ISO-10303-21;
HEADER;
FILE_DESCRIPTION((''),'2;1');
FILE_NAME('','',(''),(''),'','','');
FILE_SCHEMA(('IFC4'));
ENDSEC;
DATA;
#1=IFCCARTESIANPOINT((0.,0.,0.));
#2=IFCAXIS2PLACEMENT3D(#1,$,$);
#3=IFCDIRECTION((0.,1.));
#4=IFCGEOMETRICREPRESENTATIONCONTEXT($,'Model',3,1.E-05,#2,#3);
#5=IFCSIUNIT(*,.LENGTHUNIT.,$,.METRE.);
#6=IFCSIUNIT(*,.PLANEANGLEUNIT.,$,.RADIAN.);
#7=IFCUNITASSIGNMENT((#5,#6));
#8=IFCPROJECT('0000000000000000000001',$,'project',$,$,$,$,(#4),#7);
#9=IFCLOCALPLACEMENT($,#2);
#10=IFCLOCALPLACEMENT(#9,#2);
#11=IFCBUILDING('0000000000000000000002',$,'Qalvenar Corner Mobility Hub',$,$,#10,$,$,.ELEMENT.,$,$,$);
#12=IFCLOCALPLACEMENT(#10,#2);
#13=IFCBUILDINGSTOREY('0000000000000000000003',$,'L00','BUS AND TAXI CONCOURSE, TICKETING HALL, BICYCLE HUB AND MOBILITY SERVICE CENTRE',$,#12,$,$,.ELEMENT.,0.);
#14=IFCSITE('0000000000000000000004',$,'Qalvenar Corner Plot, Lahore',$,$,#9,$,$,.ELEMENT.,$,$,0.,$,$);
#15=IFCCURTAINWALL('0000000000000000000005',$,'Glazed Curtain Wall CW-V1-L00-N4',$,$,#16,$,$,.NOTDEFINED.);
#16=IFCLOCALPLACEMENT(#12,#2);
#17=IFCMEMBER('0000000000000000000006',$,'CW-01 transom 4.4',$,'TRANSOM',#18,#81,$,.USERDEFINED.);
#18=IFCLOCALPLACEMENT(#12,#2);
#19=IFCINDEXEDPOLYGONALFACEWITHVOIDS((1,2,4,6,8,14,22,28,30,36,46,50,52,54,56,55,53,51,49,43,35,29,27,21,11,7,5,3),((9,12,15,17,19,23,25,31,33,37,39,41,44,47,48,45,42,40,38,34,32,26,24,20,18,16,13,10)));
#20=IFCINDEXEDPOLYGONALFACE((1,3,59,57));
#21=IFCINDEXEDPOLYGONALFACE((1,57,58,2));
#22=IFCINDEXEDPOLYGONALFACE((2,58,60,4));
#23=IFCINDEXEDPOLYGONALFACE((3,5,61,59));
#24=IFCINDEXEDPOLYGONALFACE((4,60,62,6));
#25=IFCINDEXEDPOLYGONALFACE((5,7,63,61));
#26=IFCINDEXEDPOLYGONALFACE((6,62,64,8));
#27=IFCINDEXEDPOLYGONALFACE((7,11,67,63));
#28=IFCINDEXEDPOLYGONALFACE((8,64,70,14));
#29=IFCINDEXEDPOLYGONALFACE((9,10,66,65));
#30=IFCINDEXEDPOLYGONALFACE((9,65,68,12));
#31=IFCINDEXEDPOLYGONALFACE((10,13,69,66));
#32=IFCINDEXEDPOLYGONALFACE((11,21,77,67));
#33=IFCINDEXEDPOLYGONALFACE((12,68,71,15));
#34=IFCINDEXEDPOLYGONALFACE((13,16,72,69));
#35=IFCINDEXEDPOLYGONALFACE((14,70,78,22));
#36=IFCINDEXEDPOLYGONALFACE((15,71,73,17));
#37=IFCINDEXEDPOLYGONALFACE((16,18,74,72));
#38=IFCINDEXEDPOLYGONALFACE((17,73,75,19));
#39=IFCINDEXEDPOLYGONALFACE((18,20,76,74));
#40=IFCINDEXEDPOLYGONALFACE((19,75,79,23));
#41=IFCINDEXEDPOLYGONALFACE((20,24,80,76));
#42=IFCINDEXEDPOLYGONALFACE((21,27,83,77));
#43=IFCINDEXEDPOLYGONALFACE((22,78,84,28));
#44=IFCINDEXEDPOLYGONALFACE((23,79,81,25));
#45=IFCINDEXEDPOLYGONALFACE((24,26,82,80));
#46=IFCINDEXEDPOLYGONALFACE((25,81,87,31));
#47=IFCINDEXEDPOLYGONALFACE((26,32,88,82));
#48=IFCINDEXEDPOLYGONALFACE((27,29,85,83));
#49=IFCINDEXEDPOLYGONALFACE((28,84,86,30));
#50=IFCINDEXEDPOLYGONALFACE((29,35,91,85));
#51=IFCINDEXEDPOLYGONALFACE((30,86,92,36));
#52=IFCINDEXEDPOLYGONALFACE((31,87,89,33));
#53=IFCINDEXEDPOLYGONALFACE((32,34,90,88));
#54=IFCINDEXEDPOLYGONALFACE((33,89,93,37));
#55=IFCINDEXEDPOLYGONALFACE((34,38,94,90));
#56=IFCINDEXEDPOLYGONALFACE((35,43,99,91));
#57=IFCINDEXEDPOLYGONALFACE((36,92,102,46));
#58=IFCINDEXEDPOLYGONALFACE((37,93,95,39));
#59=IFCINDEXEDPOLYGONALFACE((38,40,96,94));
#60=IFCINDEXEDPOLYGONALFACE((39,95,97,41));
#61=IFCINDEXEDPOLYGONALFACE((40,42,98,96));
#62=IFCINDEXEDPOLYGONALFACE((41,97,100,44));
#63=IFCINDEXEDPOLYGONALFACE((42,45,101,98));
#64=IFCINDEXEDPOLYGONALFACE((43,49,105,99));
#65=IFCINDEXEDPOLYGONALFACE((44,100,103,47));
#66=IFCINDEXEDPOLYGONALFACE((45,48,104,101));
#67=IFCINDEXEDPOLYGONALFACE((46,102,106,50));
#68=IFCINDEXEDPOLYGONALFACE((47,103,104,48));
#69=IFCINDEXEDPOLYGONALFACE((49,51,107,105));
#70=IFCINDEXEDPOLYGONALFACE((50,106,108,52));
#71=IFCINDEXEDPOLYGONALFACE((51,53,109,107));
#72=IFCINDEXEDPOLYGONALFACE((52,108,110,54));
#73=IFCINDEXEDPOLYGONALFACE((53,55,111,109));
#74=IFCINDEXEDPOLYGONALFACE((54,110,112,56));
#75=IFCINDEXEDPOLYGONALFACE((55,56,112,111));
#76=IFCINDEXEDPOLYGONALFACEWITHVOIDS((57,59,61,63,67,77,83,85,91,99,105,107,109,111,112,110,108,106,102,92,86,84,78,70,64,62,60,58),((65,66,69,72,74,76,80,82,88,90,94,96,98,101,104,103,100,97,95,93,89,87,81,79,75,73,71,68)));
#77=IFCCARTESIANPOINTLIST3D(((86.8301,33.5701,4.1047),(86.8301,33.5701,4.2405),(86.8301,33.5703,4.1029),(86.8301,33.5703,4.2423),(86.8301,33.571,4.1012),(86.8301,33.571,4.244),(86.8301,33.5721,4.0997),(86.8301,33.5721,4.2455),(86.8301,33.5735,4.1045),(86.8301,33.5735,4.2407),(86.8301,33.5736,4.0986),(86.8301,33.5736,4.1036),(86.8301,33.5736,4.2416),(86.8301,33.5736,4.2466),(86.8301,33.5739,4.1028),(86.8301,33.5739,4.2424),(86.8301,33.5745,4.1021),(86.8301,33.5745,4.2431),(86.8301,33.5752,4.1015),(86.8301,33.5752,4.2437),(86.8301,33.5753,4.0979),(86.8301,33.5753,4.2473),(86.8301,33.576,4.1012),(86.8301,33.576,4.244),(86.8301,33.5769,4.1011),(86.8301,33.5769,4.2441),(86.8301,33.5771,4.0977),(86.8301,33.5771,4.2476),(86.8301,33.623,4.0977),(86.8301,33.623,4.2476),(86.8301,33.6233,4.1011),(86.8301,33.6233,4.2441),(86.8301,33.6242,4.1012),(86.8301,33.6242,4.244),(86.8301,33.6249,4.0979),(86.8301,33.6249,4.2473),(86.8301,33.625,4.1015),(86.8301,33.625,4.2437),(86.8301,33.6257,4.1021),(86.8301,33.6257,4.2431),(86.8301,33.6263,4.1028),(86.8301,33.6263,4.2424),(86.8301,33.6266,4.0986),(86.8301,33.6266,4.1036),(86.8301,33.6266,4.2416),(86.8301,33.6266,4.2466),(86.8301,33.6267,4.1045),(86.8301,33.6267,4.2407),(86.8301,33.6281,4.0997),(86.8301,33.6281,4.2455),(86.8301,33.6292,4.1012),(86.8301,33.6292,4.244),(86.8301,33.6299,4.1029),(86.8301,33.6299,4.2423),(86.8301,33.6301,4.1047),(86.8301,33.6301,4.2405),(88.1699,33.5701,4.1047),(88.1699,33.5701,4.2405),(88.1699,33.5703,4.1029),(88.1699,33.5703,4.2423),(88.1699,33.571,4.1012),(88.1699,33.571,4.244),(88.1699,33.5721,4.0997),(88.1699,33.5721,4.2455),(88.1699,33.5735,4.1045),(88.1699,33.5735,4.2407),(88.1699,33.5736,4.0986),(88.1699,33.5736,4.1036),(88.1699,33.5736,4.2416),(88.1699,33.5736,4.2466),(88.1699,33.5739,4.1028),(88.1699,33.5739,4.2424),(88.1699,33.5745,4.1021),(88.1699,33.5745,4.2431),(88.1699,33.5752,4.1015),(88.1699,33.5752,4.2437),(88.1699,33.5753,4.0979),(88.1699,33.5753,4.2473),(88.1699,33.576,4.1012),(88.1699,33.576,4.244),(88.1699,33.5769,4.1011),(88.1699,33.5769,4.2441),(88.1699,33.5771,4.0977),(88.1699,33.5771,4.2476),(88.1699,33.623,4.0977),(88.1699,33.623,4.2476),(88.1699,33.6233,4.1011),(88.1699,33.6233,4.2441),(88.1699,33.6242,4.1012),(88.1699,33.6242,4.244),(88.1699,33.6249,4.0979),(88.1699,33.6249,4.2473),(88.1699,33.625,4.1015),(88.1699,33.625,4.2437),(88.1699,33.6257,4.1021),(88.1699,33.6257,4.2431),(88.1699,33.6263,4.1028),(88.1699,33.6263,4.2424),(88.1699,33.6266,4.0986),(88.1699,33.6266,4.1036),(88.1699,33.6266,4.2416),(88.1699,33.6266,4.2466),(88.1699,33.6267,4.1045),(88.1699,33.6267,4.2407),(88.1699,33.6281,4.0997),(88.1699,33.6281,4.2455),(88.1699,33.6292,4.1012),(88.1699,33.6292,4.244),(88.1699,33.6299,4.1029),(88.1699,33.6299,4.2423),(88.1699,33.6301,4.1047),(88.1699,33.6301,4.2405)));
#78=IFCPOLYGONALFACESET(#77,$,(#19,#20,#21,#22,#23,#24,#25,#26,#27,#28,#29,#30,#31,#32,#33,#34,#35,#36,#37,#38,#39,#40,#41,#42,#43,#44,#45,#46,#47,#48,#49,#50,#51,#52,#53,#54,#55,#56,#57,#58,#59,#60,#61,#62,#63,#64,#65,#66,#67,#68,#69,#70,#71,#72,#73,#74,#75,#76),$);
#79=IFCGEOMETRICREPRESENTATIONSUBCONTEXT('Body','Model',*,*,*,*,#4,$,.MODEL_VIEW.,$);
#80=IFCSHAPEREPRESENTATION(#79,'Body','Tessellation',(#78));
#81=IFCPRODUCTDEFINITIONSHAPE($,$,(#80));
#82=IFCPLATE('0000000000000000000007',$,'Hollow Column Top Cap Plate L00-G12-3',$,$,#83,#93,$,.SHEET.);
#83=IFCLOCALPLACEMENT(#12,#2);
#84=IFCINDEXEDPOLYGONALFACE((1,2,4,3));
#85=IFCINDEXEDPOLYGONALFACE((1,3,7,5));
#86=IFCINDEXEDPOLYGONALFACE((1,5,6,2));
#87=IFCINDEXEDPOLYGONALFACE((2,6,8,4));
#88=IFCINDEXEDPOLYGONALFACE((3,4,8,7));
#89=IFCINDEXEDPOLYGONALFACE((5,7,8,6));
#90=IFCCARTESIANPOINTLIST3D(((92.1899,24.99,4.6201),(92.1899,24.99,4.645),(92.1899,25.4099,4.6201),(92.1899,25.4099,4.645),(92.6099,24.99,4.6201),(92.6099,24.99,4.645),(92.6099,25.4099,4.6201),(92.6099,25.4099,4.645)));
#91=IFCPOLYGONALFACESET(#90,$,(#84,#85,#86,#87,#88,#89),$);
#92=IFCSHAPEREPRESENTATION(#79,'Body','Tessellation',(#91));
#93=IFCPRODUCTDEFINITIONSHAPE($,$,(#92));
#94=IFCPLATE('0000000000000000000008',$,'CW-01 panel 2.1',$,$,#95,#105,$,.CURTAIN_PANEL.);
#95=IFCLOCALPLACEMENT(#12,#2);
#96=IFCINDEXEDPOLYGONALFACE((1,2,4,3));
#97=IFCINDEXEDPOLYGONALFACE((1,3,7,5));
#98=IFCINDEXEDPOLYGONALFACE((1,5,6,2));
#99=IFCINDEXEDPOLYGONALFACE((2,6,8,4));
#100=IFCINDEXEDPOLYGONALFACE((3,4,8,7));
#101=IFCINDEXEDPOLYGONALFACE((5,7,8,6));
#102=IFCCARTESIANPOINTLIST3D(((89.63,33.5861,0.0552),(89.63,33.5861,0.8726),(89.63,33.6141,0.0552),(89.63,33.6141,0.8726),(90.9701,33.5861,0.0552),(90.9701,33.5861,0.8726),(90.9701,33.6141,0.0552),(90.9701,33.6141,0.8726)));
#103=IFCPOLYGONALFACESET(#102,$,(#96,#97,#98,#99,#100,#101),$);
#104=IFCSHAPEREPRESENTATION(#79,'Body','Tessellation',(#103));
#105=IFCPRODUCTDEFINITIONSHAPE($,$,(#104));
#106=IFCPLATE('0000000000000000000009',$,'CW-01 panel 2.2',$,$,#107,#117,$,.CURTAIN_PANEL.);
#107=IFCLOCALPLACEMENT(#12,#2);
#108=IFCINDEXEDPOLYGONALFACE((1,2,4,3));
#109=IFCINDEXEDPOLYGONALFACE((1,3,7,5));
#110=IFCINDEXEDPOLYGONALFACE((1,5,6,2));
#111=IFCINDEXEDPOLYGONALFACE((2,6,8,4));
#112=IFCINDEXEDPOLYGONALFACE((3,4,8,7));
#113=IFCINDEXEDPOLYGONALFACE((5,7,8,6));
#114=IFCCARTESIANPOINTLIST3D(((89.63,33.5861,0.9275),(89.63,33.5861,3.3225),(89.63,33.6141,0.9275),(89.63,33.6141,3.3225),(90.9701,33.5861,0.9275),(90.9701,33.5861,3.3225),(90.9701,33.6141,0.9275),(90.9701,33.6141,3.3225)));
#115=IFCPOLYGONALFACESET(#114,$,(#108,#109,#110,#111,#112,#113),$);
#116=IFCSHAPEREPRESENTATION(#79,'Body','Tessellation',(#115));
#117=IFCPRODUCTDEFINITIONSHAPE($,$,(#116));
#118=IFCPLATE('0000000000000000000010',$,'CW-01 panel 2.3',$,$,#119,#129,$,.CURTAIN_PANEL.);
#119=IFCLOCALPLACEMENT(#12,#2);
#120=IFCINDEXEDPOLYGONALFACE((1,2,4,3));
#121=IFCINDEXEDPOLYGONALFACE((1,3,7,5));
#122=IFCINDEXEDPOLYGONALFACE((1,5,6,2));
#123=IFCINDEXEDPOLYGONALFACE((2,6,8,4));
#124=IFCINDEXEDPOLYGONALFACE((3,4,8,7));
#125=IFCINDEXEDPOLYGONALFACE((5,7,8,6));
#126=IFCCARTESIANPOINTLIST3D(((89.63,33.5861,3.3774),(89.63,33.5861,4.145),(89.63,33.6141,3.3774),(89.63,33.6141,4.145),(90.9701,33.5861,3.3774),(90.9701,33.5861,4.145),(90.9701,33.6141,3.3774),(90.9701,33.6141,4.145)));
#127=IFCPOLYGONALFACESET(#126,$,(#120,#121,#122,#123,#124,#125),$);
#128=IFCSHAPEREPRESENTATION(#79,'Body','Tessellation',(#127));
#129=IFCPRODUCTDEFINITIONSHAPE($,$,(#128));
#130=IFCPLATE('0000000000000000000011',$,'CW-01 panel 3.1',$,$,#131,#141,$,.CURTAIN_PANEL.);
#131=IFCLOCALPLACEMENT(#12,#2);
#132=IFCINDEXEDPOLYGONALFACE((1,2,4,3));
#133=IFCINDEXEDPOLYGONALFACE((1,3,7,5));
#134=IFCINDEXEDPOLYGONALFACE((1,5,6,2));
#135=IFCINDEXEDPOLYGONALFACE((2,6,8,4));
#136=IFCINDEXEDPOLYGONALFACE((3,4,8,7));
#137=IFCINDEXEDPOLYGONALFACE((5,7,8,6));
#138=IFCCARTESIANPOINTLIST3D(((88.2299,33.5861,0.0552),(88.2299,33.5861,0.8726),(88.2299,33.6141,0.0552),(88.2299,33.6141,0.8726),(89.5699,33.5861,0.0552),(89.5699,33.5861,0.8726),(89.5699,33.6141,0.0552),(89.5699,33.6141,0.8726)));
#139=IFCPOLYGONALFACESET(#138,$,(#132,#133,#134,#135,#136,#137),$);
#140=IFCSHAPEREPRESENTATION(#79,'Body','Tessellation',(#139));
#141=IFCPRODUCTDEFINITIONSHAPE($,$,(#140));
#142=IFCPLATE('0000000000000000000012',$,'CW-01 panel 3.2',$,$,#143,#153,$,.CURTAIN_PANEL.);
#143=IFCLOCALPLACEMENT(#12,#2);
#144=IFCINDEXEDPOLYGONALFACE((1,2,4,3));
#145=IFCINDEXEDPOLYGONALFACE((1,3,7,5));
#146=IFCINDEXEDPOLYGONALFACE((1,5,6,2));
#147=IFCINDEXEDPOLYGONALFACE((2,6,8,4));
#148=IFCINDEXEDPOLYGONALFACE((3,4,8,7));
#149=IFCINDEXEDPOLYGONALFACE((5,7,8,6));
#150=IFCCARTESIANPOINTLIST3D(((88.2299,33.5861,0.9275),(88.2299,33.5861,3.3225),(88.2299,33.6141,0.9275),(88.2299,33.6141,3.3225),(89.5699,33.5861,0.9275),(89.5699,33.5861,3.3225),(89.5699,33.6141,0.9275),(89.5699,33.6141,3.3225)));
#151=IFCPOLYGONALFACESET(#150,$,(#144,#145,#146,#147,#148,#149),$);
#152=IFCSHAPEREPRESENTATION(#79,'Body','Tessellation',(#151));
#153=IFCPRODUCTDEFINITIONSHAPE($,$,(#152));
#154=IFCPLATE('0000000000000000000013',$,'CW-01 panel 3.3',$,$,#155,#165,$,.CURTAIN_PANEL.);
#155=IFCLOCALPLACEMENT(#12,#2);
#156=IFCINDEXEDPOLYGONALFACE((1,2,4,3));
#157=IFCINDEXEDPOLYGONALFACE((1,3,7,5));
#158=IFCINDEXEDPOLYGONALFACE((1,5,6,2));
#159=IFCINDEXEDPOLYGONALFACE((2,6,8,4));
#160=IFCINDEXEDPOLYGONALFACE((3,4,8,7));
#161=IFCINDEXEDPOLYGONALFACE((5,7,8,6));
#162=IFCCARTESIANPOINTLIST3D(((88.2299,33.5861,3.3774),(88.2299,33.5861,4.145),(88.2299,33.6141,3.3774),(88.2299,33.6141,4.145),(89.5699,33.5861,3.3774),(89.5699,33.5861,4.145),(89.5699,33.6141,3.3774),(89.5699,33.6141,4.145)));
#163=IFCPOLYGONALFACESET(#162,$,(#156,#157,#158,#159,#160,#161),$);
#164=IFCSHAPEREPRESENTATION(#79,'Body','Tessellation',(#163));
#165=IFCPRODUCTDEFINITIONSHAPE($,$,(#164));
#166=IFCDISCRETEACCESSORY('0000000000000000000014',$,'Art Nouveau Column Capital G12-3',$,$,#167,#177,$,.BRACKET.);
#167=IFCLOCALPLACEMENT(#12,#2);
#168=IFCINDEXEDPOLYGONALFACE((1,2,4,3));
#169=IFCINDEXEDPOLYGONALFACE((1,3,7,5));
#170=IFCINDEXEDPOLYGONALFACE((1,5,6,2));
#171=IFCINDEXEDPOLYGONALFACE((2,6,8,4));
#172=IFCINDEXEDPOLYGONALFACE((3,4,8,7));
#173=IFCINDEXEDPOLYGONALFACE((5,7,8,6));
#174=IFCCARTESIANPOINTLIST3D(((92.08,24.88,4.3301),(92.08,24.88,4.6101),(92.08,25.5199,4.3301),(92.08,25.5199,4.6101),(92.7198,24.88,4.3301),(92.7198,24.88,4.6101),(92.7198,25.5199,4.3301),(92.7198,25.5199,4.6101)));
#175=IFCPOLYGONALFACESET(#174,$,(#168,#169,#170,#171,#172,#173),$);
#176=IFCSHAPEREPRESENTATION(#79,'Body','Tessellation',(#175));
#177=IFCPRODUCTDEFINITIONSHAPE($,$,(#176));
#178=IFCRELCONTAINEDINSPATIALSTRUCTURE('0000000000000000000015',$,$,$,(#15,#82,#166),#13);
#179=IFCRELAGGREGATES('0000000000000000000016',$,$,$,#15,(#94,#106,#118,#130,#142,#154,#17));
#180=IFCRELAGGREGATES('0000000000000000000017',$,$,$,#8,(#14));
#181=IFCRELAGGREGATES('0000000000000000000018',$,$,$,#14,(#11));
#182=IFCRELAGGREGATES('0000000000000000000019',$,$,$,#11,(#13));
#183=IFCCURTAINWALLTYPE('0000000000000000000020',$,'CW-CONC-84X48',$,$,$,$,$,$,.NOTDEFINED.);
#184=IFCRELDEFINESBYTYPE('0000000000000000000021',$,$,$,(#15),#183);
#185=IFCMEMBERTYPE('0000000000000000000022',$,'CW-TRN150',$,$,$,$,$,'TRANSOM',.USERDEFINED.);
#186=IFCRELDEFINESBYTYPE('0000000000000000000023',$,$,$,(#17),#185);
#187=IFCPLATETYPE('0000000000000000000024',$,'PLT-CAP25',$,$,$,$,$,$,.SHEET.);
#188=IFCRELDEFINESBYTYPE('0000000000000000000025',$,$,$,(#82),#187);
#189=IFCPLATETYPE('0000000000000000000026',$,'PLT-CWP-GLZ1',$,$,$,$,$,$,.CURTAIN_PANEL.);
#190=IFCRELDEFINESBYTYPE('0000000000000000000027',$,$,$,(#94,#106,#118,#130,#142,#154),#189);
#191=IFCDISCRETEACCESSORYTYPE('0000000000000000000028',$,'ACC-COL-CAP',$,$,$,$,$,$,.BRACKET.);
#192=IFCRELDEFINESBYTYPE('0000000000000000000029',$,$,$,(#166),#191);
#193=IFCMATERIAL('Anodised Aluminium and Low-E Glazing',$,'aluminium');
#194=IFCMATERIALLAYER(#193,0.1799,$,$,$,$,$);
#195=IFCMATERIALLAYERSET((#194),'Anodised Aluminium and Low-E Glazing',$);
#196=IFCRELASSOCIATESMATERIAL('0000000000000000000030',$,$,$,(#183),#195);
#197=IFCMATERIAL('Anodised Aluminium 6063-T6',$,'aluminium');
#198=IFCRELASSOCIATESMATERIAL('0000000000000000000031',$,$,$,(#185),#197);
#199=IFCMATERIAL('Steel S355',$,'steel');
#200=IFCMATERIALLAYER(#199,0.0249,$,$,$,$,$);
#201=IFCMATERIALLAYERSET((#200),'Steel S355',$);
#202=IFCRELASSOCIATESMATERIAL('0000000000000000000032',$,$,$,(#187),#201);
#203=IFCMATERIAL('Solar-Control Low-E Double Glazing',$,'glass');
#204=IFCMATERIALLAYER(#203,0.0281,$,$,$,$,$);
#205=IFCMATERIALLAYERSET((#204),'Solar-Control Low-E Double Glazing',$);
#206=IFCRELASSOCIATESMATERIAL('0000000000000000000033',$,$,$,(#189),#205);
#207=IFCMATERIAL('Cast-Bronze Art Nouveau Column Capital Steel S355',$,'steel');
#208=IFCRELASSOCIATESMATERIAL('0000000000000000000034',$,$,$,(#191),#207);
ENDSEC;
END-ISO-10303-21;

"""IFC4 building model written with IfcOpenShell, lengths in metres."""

from ifc_helpers import new_model, si_unit, direction, frame, origin, origin_2d, place, context, subcontext, project, spatial, rectangle, hollow_rectangle, extrude, material, layer, layer_set, material_profile, profile_set, type_object, element, aggregate, save


model = new_model("IFC4")

# Units and contexts
model_context = context("Model", 3, precision=1e-05, world=origin(), true_north=direction((0.0, 1.0)))
body_context = subcontext(model_context, "Body", "Model", "MODEL_VIEW")
ifc_project = project(units=[si_unit("LENGTHUNIT", "METRE"), si_unit("PLANEANGLEUNIT", "RADIAN")], contexts=[model_context])

# Site, building, storey
site_placement = place(None, origin())
site = spatial("IfcSite", under=ifc_project, at=site_placement, Name="Qalvenar Corner Plot, Lahore", CompositionType="ELEMENT", RefElevation=0.0)
building_placement = place(site_placement, origin())
building = spatial("IfcBuilding", under=site, at=building_placement, Name="Qalvenar Corner Mobility Hub", CompositionType="ELEMENT")
storey_placement = place(building_placement, origin())
storey = spatial("IfcBuildingStorey", under=building, at=storey_placement, Name="L00", Description="BUS AND TAXI CONCOURSE, TICKETING HALL, BICYCLE HUB AND MOBILITY SERVICE CENTRE", CompositionType="ELEMENT", Elevation=0.0)

# Curtain wall, member
ifc_material_1 = material(Name="Anodised Aluminium and Low-E Glazing", Category="aluminium")
ifc_layer_1 = layer(ifc_material_1, 0.1799)
ifc_layer_set_1 = layer_set([ifc_layer_1], Name="Anodised Aluminium and Low-E Glazing")
curtain_wall_type = type_object("IfcCurtainWallType", Name="CW-CONC-84X48", PredefinedType="NOTDEFINED", material=ifc_layer_set_1)
curtain_wall_placement = place(storey_placement, origin())
curtain_wall = element("IfcCurtainWall", 1, at=curtain_wall_placement, inside=storey, type_object=curtain_wall_type, Name="Glazed Curtain Wall CW-V1-L00-N4", PredefinedType="NOTDEFINED")
ifc_material_2 = material(Name="Anodised Aluminium 6063-T6", Category="aluminium")
ifc_material_profile_1 = material_profile(ifc_material_2, hollow_rectangle(XDim=0.0601, YDim=0.1499, WallThickness=0.0034, InnerFilletRadius=0.0034, OuterFilletRadius=0.0071, at=origin_2d()), Name="RHS150x60x3.5")
ifc_profile_set_1 = profile_set([ifc_material_profile_1], Name="Anodised Aluminium 6063-T6")
member_type_1 = type_object("IfcMemberType", Name="CW-TRN150", ElementType="TRANSOM", PredefinedType="USERDEFINED", material=ifc_profile_set_1)
member_1_placement = place(storey_placement, frame((88.1699, 33.6001, 4.1726), z_axis=(-1.0, 0.0, 0.0), x_axis=(0.0, -1.0, 0.0)))
member_1 = element("IfcMember", 2, at=member_1_placement, type_object=member_type_1, Name="CW-01 transom 4.4", ObjectType="TRANSOM", PredefinedType="USERDEFINED", context=body_context, shape_type="SweptSolid", body=[
    extrude(hollow_rectangle(XDim=0.0601, YDim=0.1499, WallThickness=0.0034, InnerFilletRadius=0.0034, OuterFilletRadius=0.0071, at=origin_2d()), origin(), (0.0, 0.0, 1.0), 1.3398),
])

# Plates
ifc_material_3 = material(Name="Steel S355", Category="steel")
ifc_layer_2 = layer(ifc_material_3, 0.0249)
ifc_layer_set_2 = layer_set([ifc_layer_2], Name="Steel S355")
plate_type_1 = type_object("IfcPlateType", Name="PLT-CAP25", PredefinedType="SHEET", material=ifc_layer_set_2)
plate_1_placement = place(storey_placement, frame((92.3999, 25.2, 4.6201), z_axis=(0.0, 0.0, 1.0), x_axis=(1.0, 0.0, 0.0)))
element("IfcPlate", 3, at=plate_1_placement, inside=storey, type_object=plate_type_1, Name="Hollow Column Top Cap Plate L00-G12-3", PredefinedType="SHEET", context=body_context, shape_type="SweptSolid", body=[
    extrude(rectangle(XDim=0.4199, YDim=0.4199, at=origin_2d()), origin(), (0.0, 0.0, 1.0), 0.0249),
])
ifc_material_4 = material(Name="Solar-Control Low-E Double Glazing", Category="glass")
ifc_layer_3 = layer(ifc_material_4, 0.0281)
ifc_layer_set_3 = layer_set([ifc_layer_3], Name="Solar-Control Low-E Double Glazing")
plate_type_2 = type_object("IfcPlateType", Name="PLT-CWP-GLZ1", PredefinedType="CURTAIN_PANEL", material=ifc_layer_set_3)
plate_2_placement = place(storey_placement, frame((90.3, 33.6001, 0.0552), z_axis=(0.0, 0.0, 1.0), x_axis=(-1.0, 0.0, 0.0)))
plate_2 = element("IfcPlate", 4, at=plate_2_placement, type_object=plate_type_2, Name="CW-01 panel 2.1", PredefinedType="CURTAIN_PANEL", context=body_context, shape_type="SweptSolid", body=[
    extrude(rectangle(XDim=1.3401, YDim=0.0281, at=origin_2d()), origin(), (0.0, 0.0, 1.0), 0.8174),
])
plate_3_placement = place(storey_placement, frame((90.3, 33.6001, 0.9275), z_axis=(0.0, 0.0, 1.0), x_axis=(-1.0, 0.0, 0.0)))
plate_3 = element("IfcPlate", 5, at=plate_3_placement, type_object=plate_type_2, Name="CW-01 panel 2.2", PredefinedType="CURTAIN_PANEL", context=body_context, shape_type="SweptSolid", body=[
    extrude(rectangle(XDim=1.3401, YDim=0.0281, at=origin_2d()), origin(), (0.0, 0.0, 1.0), 2.395),
])
plate_4_placement = place(storey_placement, frame((90.3, 33.6001, 3.3774), z_axis=(0.0, 0.0, 1.0), x_axis=(-1.0, 0.0, 0.0)))
plate_4 = element("IfcPlate", 6, at=plate_4_placement, type_object=plate_type_2, Name="CW-01 panel 2.3", PredefinedType="CURTAIN_PANEL", context=body_context, shape_type="SweptSolid", body=[
    extrude(rectangle(XDim=1.3401, YDim=0.0281, at=origin_2d()), origin(), (0.0, 0.0, 1.0), 0.7676),
])
plate_5_placement = place(storey_placement, frame((88.8999, 33.6001, 0.0552), z_axis=(0.0, 0.0, 1.0), x_axis=(-1.0, 0.0, 0.0)))
plate_5 = element("IfcPlate", 7, at=plate_5_placement, type_object=plate_type_2, Name="CW-01 panel 3.1", PredefinedType="CURTAIN_PANEL", context=body_context, shape_type="SweptSolid", body=[
    extrude(rectangle(XDim=1.3401, YDim=0.0281, at=origin_2d()), origin(), (0.0, 0.0, 1.0), 0.8174),
])
plate_6_placement = place(storey_placement, frame((88.8999, 33.6001, 0.9275), z_axis=(0.0, 0.0, 1.0), x_axis=(-1.0, 0.0, 0.0)))
plate_6 = element("IfcPlate", 8, at=plate_6_placement, type_object=plate_type_2, Name="CW-01 panel 3.2", PredefinedType="CURTAIN_PANEL", context=body_context, shape_type="SweptSolid", body=[
    extrude(rectangle(XDim=1.3401, YDim=0.0281, at=origin_2d()), origin(), (0.0, 0.0, 1.0), 2.395),
])
plate_7_placement = place(storey_placement, frame((88.8999, 33.6001, 3.3774), z_axis=(0.0, 0.0, 1.0), x_axis=(-1.0, 0.0, 0.0)))
plate_7 = element("IfcPlate", 9, at=plate_7_placement, type_object=plate_type_2, Name="CW-01 panel 3.3", PredefinedType="CURTAIN_PANEL", context=body_context, shape_type="SweptSolid", body=[
    extrude(rectangle(XDim=1.3401, YDim=0.0281, at=origin_2d()), origin(), (0.0, 0.0, 1.0), 0.7676),
])
aggregate(curtain_wall, [plate_2, plate_3, plate_4, plate_5, plate_6, plate_7, member_1])

# Discrete accessory
ifc_material_5 = material(Name="Cast-Bronze Art Nouveau Column Capital Steel S355", Category="steel")
discrete_accessory_type = type_object("IfcDiscreteAccessoryType", Name="ACC-COL-CAP", PredefinedType="BRACKET", material=ifc_material_5)
discrete_accessory_placement = place(storey_placement, frame((92.3999, 25.2, 4.3301), z_axis=(0.0, 0.0, 1.0), x_axis=(1.0, 0.0, 0.0)))
element("IfcDiscreteAccessory", 10, at=discrete_accessory_placement, inside=storey, type_object=discrete_accessory_type, Name="Art Nouveau Column Capital G12-3", PredefinedType="BRACKET", context=body_context, shape_type="SweptSolid", body=[
    extrude(rectangle(XDim=0.6399, YDim=0.6399, at=origin_2d()), origin(), (0.0, 0.0, 1.0), 0.28),
])

save(model, "model.ifc")
